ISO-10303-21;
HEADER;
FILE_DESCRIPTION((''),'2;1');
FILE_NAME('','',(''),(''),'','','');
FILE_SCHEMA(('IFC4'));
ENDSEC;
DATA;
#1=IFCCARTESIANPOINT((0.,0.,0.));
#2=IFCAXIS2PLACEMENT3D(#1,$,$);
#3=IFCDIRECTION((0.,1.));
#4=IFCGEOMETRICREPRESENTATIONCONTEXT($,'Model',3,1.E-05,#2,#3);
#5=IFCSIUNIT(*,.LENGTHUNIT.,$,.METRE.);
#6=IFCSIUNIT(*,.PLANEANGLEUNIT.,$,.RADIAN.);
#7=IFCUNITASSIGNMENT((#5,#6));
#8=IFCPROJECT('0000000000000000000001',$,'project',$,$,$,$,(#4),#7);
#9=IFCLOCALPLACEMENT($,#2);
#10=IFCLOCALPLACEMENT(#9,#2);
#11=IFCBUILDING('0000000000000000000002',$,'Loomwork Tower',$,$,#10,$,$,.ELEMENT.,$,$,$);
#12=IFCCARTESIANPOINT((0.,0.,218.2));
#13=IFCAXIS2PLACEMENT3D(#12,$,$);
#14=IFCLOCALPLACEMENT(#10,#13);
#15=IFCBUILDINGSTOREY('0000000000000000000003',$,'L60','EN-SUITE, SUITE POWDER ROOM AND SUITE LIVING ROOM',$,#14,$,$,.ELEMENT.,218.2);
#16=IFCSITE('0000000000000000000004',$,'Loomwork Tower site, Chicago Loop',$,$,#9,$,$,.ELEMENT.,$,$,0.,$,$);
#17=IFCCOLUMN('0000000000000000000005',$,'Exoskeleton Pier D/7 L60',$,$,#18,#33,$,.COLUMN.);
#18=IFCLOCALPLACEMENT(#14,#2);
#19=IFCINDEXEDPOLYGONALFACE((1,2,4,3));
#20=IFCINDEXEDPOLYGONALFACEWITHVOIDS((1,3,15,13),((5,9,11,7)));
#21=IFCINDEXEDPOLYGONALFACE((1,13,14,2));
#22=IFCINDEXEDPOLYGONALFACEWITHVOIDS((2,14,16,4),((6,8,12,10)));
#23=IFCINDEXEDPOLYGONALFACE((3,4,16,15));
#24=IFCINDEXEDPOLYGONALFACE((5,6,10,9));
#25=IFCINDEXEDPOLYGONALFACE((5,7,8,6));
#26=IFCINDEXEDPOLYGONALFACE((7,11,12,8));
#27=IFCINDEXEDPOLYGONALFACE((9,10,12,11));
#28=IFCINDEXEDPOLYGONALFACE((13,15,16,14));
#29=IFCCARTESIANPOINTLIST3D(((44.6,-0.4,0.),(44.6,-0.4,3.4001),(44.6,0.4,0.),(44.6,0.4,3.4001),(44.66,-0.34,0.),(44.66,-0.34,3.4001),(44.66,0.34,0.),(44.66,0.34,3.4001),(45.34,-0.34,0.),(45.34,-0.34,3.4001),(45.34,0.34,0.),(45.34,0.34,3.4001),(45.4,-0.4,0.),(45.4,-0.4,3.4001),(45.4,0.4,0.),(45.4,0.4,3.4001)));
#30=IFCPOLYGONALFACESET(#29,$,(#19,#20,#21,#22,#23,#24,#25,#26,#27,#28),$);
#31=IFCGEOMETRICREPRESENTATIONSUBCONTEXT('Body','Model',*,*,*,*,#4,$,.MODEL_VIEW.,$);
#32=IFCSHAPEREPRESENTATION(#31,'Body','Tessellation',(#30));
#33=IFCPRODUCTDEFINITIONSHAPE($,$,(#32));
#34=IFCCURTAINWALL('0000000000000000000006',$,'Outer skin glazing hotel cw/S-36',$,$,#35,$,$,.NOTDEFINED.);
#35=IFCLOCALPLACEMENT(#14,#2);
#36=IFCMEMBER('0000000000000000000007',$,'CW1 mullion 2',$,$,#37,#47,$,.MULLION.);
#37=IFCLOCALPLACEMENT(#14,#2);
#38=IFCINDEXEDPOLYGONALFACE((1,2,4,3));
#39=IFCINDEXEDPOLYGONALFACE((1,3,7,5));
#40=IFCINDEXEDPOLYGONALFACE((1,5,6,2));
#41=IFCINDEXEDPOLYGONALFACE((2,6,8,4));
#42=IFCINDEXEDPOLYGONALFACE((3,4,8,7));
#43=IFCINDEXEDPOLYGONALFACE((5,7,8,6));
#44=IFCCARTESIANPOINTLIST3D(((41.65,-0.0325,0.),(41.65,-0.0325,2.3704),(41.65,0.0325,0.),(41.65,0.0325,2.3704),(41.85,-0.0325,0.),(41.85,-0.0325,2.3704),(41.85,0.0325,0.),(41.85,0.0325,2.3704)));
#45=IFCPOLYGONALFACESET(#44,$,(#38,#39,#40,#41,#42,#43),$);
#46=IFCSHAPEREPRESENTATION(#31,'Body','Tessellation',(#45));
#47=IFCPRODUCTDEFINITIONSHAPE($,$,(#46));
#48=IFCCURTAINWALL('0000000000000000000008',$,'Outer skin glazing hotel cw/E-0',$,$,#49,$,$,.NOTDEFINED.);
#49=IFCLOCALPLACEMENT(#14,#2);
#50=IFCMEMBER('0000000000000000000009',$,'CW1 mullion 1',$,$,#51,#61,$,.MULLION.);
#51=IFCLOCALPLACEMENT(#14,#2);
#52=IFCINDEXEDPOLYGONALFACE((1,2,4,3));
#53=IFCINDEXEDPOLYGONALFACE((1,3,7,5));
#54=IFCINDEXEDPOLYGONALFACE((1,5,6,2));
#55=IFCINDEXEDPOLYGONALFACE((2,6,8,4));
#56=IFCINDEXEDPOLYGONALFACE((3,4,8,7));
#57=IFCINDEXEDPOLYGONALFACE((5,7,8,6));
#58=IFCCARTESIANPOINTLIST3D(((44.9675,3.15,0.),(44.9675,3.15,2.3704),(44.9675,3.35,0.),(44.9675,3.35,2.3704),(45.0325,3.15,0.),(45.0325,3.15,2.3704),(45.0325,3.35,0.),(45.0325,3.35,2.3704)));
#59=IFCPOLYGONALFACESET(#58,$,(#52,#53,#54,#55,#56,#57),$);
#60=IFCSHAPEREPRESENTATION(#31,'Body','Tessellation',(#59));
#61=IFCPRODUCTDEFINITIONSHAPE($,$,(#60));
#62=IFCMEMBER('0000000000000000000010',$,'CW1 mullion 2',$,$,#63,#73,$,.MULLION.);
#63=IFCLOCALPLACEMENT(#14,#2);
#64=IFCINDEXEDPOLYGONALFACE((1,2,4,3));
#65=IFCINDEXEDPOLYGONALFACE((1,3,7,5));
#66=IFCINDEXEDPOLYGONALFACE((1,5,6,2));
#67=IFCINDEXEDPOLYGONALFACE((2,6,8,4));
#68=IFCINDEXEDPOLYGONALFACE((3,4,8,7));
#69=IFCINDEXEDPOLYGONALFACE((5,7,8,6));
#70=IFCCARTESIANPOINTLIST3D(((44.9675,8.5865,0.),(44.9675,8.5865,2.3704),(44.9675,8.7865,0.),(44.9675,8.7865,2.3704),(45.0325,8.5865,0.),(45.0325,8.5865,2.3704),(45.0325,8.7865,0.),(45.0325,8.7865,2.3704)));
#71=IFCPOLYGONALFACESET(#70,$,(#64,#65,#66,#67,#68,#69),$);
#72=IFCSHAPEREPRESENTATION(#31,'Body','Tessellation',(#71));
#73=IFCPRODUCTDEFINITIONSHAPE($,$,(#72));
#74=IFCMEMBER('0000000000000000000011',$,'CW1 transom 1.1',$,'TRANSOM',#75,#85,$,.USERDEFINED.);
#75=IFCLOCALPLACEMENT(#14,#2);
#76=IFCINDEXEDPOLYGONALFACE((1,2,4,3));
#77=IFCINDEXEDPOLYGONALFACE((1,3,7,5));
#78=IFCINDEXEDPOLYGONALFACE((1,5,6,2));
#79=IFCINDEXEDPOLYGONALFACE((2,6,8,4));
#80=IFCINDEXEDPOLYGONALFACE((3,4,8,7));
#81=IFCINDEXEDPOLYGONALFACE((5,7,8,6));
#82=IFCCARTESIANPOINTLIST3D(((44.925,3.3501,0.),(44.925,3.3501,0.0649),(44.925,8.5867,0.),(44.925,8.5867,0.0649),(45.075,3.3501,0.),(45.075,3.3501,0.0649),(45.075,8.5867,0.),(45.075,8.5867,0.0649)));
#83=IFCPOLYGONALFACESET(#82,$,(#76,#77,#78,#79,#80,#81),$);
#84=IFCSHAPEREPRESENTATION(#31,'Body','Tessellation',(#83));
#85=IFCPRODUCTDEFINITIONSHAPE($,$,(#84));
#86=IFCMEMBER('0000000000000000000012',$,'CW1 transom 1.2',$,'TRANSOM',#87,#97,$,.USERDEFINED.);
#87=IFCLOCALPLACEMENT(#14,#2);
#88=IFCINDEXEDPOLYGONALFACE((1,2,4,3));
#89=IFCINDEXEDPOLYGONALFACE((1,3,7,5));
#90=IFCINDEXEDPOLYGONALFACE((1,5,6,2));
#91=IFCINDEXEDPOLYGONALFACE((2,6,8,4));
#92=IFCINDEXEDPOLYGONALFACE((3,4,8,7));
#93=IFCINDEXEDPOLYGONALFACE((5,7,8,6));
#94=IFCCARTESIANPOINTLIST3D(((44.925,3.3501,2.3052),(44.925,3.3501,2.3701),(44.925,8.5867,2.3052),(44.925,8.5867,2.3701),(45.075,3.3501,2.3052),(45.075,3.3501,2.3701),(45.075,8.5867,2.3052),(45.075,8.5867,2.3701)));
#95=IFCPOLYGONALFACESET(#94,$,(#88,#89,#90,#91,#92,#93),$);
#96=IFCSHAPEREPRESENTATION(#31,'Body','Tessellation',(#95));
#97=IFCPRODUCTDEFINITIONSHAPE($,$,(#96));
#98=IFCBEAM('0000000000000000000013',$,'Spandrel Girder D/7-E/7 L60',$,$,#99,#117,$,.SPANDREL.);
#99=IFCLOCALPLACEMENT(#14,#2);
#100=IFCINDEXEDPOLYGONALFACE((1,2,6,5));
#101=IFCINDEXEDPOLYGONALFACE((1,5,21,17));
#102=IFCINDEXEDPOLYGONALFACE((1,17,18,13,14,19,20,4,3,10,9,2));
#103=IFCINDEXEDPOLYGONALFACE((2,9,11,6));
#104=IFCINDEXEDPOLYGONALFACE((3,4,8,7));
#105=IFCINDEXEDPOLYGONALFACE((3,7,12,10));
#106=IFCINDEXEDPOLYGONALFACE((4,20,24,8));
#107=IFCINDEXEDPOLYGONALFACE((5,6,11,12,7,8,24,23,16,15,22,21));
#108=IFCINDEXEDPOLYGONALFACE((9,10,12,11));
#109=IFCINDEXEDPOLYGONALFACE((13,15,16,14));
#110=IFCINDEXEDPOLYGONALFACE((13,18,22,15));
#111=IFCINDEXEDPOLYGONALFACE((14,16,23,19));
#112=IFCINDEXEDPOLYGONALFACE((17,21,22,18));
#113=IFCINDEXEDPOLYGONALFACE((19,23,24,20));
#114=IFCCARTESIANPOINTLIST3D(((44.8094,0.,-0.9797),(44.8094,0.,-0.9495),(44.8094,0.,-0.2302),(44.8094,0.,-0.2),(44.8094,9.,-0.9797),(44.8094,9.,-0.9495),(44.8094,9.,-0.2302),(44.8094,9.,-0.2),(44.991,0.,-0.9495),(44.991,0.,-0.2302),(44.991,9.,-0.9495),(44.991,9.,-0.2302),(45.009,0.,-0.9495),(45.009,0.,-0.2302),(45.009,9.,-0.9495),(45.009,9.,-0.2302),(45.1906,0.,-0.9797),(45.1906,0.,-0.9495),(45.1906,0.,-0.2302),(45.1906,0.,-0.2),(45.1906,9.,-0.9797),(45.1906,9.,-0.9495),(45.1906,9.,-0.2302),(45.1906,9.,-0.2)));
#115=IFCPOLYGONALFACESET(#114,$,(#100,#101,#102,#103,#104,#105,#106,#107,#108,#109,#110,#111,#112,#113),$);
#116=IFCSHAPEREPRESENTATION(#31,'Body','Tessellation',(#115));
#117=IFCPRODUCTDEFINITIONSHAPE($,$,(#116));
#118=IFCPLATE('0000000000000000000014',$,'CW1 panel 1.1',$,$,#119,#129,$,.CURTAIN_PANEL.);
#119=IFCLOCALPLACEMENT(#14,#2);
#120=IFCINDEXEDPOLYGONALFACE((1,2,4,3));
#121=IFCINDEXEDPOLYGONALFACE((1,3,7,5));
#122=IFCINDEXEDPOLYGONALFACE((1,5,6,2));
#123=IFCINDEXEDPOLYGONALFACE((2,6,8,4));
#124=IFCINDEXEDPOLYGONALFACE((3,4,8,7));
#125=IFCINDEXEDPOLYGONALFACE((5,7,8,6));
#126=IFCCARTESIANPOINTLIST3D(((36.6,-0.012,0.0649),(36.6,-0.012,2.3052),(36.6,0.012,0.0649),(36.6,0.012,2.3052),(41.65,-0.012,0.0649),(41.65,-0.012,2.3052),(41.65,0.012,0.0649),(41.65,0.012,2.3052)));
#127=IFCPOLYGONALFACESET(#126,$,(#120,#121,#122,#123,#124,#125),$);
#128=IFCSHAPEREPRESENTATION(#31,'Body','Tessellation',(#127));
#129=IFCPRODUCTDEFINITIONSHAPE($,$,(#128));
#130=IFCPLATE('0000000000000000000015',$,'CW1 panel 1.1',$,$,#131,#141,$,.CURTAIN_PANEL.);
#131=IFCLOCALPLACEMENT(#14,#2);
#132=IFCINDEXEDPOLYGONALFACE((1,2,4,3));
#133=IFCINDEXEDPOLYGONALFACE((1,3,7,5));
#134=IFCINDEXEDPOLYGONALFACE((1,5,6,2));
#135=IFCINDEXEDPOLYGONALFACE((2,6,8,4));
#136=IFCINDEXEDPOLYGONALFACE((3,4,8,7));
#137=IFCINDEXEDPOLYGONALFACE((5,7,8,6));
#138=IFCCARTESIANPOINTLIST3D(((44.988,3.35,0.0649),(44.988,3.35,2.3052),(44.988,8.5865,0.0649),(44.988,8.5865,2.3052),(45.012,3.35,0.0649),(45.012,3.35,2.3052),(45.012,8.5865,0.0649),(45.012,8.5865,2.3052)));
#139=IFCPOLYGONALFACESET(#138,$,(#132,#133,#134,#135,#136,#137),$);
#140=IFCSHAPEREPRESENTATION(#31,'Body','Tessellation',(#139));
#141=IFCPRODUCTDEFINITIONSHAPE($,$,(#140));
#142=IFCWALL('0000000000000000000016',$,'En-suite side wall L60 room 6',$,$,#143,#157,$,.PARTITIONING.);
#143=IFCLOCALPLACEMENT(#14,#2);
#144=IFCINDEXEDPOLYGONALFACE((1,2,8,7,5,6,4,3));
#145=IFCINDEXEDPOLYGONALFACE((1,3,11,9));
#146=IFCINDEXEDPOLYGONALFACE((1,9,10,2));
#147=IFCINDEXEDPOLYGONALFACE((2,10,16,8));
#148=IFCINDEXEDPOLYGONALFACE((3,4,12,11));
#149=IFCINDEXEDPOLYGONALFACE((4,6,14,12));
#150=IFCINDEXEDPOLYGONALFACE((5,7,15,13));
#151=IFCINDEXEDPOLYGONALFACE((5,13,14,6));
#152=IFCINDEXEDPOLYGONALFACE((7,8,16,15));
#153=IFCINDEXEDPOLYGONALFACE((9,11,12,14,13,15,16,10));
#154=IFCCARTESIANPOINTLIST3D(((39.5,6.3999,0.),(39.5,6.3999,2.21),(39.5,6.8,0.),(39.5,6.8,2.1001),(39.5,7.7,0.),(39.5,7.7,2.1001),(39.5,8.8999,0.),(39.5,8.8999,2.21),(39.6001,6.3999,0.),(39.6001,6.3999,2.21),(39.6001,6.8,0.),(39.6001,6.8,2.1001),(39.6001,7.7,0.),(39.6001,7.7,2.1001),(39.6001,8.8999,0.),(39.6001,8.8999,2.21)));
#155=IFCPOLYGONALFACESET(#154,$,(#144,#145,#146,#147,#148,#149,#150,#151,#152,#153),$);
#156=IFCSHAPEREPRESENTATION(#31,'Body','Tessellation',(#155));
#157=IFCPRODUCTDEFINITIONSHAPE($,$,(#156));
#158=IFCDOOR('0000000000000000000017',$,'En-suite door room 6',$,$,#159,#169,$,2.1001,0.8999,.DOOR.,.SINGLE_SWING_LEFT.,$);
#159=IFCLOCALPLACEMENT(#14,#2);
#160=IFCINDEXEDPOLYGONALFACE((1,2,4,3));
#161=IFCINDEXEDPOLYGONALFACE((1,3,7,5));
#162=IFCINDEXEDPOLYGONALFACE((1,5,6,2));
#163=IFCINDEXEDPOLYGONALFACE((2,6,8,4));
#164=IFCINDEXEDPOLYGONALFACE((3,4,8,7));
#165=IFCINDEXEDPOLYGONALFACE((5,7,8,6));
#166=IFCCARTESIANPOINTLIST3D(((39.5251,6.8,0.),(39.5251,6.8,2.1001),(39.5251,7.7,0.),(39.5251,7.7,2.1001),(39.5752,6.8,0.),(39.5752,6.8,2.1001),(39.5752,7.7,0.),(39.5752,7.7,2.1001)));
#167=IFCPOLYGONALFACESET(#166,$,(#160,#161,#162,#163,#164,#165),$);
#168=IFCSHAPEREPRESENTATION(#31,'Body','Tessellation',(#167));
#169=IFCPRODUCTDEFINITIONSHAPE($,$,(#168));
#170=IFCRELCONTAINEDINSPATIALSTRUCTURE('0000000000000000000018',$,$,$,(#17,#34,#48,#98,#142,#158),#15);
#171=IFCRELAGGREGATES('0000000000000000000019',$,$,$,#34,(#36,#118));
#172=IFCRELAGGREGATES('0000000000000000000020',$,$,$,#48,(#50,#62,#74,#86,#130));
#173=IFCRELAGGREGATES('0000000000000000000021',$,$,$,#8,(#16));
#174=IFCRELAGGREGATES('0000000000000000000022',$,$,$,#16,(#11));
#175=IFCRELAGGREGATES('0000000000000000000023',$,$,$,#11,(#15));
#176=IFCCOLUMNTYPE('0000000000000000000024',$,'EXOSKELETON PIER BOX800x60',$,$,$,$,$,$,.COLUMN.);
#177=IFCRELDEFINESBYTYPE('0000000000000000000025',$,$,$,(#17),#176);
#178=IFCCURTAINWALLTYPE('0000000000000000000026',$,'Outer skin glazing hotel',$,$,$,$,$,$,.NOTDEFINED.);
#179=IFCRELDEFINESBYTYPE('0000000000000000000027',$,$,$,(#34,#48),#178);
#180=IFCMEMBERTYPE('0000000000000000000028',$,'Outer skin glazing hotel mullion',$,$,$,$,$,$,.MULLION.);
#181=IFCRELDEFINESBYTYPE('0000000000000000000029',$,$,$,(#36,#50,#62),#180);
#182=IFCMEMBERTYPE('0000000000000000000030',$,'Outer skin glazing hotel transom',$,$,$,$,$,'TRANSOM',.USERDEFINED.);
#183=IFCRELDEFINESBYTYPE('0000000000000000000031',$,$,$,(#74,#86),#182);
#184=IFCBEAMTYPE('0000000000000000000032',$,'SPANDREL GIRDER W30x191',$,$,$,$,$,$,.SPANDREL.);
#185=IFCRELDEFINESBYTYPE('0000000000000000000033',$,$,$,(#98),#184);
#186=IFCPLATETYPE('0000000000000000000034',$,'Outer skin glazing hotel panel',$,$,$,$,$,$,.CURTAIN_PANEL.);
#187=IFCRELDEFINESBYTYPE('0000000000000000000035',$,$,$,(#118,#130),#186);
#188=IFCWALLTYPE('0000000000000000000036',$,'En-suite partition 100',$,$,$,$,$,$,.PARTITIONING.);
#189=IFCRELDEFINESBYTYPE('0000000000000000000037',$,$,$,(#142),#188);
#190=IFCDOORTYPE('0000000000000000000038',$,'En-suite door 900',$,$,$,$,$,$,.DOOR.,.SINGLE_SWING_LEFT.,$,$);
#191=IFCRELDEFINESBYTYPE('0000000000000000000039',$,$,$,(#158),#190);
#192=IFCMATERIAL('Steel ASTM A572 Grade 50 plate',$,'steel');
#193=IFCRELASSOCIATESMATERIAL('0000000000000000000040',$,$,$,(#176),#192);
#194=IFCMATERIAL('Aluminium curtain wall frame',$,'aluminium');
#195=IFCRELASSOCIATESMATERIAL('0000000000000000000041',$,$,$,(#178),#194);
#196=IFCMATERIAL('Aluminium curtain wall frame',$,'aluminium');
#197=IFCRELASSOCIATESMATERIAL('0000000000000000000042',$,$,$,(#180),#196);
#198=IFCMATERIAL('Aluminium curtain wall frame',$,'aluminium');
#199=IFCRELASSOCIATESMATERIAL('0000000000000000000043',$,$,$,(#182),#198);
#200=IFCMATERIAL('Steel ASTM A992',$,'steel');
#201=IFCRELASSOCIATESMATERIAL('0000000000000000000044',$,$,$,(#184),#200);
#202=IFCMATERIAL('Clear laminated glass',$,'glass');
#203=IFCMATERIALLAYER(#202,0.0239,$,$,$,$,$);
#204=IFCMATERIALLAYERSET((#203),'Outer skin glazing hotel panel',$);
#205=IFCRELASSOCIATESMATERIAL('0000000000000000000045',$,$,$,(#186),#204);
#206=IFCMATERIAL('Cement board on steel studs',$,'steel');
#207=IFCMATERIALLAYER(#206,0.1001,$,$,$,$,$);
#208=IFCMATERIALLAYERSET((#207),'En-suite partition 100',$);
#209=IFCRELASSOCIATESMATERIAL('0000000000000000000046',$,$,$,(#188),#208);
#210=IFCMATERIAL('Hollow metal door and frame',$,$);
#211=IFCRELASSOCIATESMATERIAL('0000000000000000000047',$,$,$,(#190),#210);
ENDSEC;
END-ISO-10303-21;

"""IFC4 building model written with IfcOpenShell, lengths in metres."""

from ifc_helpers import new_model, si_unit, direction, frame, frame_2d, origin, origin_2d, place, context, subcontext, project, spatial, rectangle, hollow_rectangle, i_section, extrude, material, layer, layer_set, material_profile, profile_set, type_object, element, fill, aggregate, save


model = new_model("IFC4")

# Units and contexts
model_context = context("Model", 3, precision=1e-05, world=origin(), true_north=direction((0.0, 1.0)))
body_context = subcontext(model_context, "Body", "Model", "MODEL_VIEW")
ifc_project = project(units=[si_unit("LENGTHUNIT", "METRE"), si_unit("PLANEANGLEUNIT", "RADIAN")], contexts=[model_context])

# Site, building, storey
site_placement = place(None, origin())
site = spatial("IfcSite", under=ifc_project, at=site_placement, Name="Loomwork Tower site, Chicago Loop", CompositionType="ELEMENT", RefElevation=0.0)
building_placement = place(site_placement, origin())
building = spatial("IfcBuilding", under=site, at=building_placement, Name="Loomwork Tower", CompositionType="ELEMENT")
storey_placement = place(building_placement, frame((0.0, 0.0, 218.2)))
storey = spatial("IfcBuildingStorey", under=building, at=storey_placement, Name="L60", Description="EN-SUITE, SUITE POWDER ROOM AND SUITE LIVING ROOM", CompositionType="ELEMENT", Elevation=218.2)

# Column
ifc_material_1 = material(Name="Steel ASTM A572 Grade 50 plate", Category="steel")
ifc_material_profile_1 = material_profile(ifc_material_1, hollow_rectangle(XDim=0.8, YDim=0.8, WallThickness=0.0601, at=origin_2d()), Name="BOX800x60")
ifc_profile_set_1 = profile_set([ifc_material_profile_1], Name="Steel ASTM A572 Grade 50 plate")
column_type = type_object("IfcColumnType", Name="EXOSKELETON PIER BOX800x60", PredefinedType="COLUMN", material=ifc_profile_set_1)
column_placement = place(storey_placement, frame((45.0, 0.0, 0.0), z_axis=(0.0, 0.0, 1.0), x_axis=(1.0, 0.0, 0.0)))
element("IfcColumn", 1, at=column_placement, inside=storey, type_object=column_type, Name="Exoskeleton Pier D/7 L60", PredefinedType="COLUMN", context=body_context, shape_type="SweptSolid", body=[
    extrude(hollow_rectangle(XDim=0.8, YDim=0.8, WallThickness=0.0601, at=origin_2d()), origin(), (0.0, 0.0, 1.0), 3.4001),
])

# Curtain wall, member
ifc_material_2 = material(Name="Aluminium curtain wall frame", Category="aluminium")
curtain_wall_type = type_object("IfcCurtainWallType", Name="Outer skin glazing hotel", PredefinedType="NOTDEFINED", material=ifc_material_2)
curtain_wall_1_placement = place(storey_placement, origin())
curtain_wall_1 = element("IfcCurtainWall", 2, at=curtain_wall_1_placement, inside=storey, type_object=curtain_wall_type, Name="Outer skin glazing hotel cw/S-36", PredefinedType="NOTDEFINED")
ifc_material_3 = material(Name="Aluminium curtain wall frame", Category="aluminium")
ifc_material_profile_2 = material_profile(ifc_material_3, rectangle(XDim=0.0649, YDim=0.2, at=origin_2d()), Name="AL 65x200")
ifc_profile_set_2 = profile_set([ifc_material_profile_2], Name="Aluminium curtain wall frame")
member_type_1 = type_object("IfcMemberType", Name="Outer skin glazing hotel mullion", PredefinedType="MULLION", material=ifc_profile_set_2)
member_1_placement = place(storey_placement, frame((41.75, 0.0, 0.0), z_axis=(0.0, 0.0, 1.0), x_axis=(0.0, 1.0, 0.0)))
member_1 = element("IfcMember", 3, at=member_1_placement, type_object=member_type_1, Name="CW1 mullion 2", PredefinedType="MULLION", context=body_context, shape_type="SweptSolid", body=[
    extrude(rectangle(XDim=0.0649, YDim=0.2, at=origin_2d()), origin(), (0.0, 0.0, 1.0), 2.3704),
])

# Curtain wall, members
curtain_wall_2_placement = place(storey_placement, origin())
curtain_wall_2 = element("IfcCurtainWall", 4, at=curtain_wall_2_placement, inside=storey, type_object=curtain_wall_type, Name="Outer skin glazing hotel cw/E-0", PredefinedType="NOTDEFINED")
member_2_placement = place(storey_placement, frame((45.0, 3.25, 0.0), z_axis=(0.0, 0.0, 1.0), x_axis=(-1.0, 0.0, 0.0)))
member_2 = element("IfcMember", 5, at=member_2_placement, type_object=member_type_1, Name="CW1 mullion 1", PredefinedType="MULLION", context=body_context, shape_type="SweptSolid", body=[
    extrude(rectangle(XDim=0.0649, YDim=0.2, at=origin_2d()), origin(), (0.0, 0.0, 1.0), 2.3704),
])
member_3_placement = place(storey_placement, frame((45.0, 8.6865, 0.0), z_axis=(0.0, 0.0, 1.0), x_axis=(-1.0, 0.0, 0.0)))
member_3 = element("IfcMember", 6, at=member_3_placement, type_object=member_type_1, Name="CW1 mullion 2", PredefinedType="MULLION", context=body_context, shape_type="SweptSolid", body=[
    extrude(rectangle(XDim=0.0649, YDim=0.2, at=origin_2d()), origin(), (0.0, 0.0, 1.0), 2.3704),
])
ifc_material_4 = material(Name="Aluminium curtain wall frame", Category="aluminium")
ifc_material_profile_3 = material_profile(ifc_material_4, rectangle(XDim=0.1499, YDim=0.0649, at=origin_2d()), Name="AL 65x150")
ifc_profile_set_3 = profile_set([ifc_material_profile_3], Name="Aluminium curtain wall frame")
member_type_2 = type_object("IfcMemberType", Name="Outer skin glazing hotel transom", ElementType="TRANSOM", PredefinedType="USERDEFINED", material=ifc_profile_set_3)
member_4_placement = place(storey_placement, frame((45.0, 3.3501, 0.0325), z_axis=(0.0, 1.0, 0.0), x_axis=(-1.0, 0.0, 0.0)))
member_4 = element("IfcMember", 7, at=member_4_placement, type_object=member_type_2, Name="CW1 transom 1.1", ObjectType="TRANSOM", PredefinedType="USERDEFINED", context=body_context, shape_type="SweptSolid", body=[
    extrude(rectangle(XDim=0.1499, YDim=0.0649, at=origin_2d()), origin(), (0.0, 0.0, 1.0), 5.2366),
])
member_5_placement = place(storey_placement, frame((45.0, 3.3501, 2.3376), z_axis=(0.0, 1.0, 0.0), x_axis=(-1.0, 0.0, 0.0)))
member_5 = element("IfcMember", 8, at=member_5_placement, type_object=member_type_2, Name="CW1 transom 1.2", ObjectType="TRANSOM", PredefinedType="USERDEFINED", context=body_context, shape_type="SweptSolid", body=[
    extrude(rectangle(XDim=0.1499, YDim=0.0649, at=origin_2d()), origin(), (0.0, 0.0, 1.0), 5.2366),
])

# Beam
ifc_material_5 = material(Name="Steel ASTM A992", Category="steel")
ifc_material_profile_4 = material_profile(ifc_material_5, i_section(OverallWidth=0.3811, OverallDepth=0.7798, WebThickness=0.0181, FlangeThickness=0.0303, at=origin_2d()), Name="W30x191")
ifc_profile_set_4 = profile_set([ifc_material_profile_4], Name="Steel ASTM A992")
beam_type = type_object("IfcBeamType", Name="SPANDREL GIRDER W30x191", PredefinedType="SPANDREL", material=ifc_profile_set_4)
beam_placement = place(storey_placement, frame((45.0, 0.0, -0.5898), z_axis=(0.0, 1.0, 0.0), x_axis=(-1.0, 0.0, 0.0)))
element("IfcBeam", 9, at=beam_placement, inside=storey, type_object=beam_type, Name="Spandrel Girder D/7-E/7 L60", PredefinedType="SPANDREL", context=body_context, shape_type="SweptSolid", body=[
    extrude(i_section(OverallWidth=0.3811, OverallDepth=0.7798, WebThickness=0.0181, FlangeThickness=0.0303, at=origin_2d()), origin(), (0.0, 0.0, 1.0), 9.0),
])

# Plates
ifc_material_6 = material(Name="Clear laminated glass", Category="glass")
ifc_layer_1 = layer(ifc_material_6, 0.0239)
ifc_layer_set_1 = layer_set([ifc_layer_1], Name="Outer skin glazing hotel panel")
plate_type = type_object("IfcPlateType", Name="Outer skin glazing hotel panel", PredefinedType="CURTAIN_PANEL", material=ifc_layer_set_1)
plate_1_placement = place(storey_placement, frame((39.125, 0.0, 0.0649), z_axis=(0.0, 0.0, 1.0), x_axis=(1.0, 0.0, 0.0)))
plate_1 = element("IfcPlate", 10, at=plate_1_placement, type_object=plate_type, Name="CW1 panel 1.1", PredefinedType="CURTAIN_PANEL", context=body_context, shape_type="SweptSolid", body=[
    extrude(rectangle(XDim=5.05, YDim=0.0239, at=origin_2d()), origin(), (0.0, 0.0, 1.0), 2.2402),
])
aggregate(curtain_wall_1, [member_1, plate_1])
plate_2_placement = place(storey_placement, frame((45.0, 5.9683, 0.0649), z_axis=(0.0, 0.0, 1.0), x_axis=(0.0, 1.0, 0.0)))
plate_2 = element("IfcPlate", 11, at=plate_2_placement, type_object=plate_type, Name="CW1 panel 1.1", PredefinedType="CURTAIN_PANEL", context=body_context, shape_type="SweptSolid", body=[
    extrude(rectangle(XDim=5.2366, YDim=0.0239, at=origin_2d()), origin(), (0.0, 0.0, 1.0), 2.2402),
])
aggregate(curtain_wall_2, [member_2, member_3, member_4, member_5, plate_2])

# Wall, opening, door
ifc_material_7 = material(Name="Cement board on steel studs", Category="steel")
ifc_layer_2 = layer(ifc_material_7, 0.1001)
ifc_layer_set_2 = layer_set([ifc_layer_2], Name="En-suite partition 100")
wall_type_1 = type_object("IfcWallType", Name="En-suite partition 100", PredefinedType="PARTITIONING", material=ifc_layer_set_2)
wall_1_placement = place(storey_placement, frame((39.55, 8.8999, 0.0), z_axis=(0.0, 0.0, 1.0), x_axis=(0.0, -1.0, 0.0)))
wall_1 = element("IfcWall", 12, at=wall_1_placement, inside=storey, type_object=wall_type_1, Name="En-suite side wall L60 room 6", PredefinedType="PARTITIONING", context=body_context, shape_type="SweptSolid", body=[
    extrude(rectangle(XDim=2.5, YDim=0.1001, at=frame_2d((1.25, 0.0))), origin(), (0.0, 0.0, 1.0), 2.21),
])
opening_1_placement = place(wall_1_placement, frame((1.2, 0.0, 0.0)))
opening_1 = element("IfcOpeningElement", 13, at=opening_1_placement, cuts=wall_1, PredefinedType="OPENING", context=body_context, shape_type="SweptSolid", body=[
    extrude(rectangle(XDim=0.8999, YDim=2.1001, at=frame_2d((0.45, 1.05))), frame((0.0, 0.0601, 0.0), z_axis=(0.0, -1.0, 0.0), x_axis=(1.0, 0.0, 0.0)), (0.0, 0.0, 1.0), 0.1201),
])
ifc_material_8 = material(Name="Hollow metal door and frame")
door_type = type_object("IfcDoorType", Name="En-suite door 900", OperationType="SINGLE_SWING_LEFT", PredefinedType="DOOR", material=ifc_material_8)
door_placement = place(opening_1_placement, frame((0.8999, 0.0, 0.0), z_axis=(0.0, 0.0, 1.0), x_axis=(-1.0, 0.0, 0.0)))
door = element("IfcDoor", 14, at=door_placement, inside=storey, type_object=door_type, Name="En-suite door room 6", OperationType="SINGLE_SWING_LEFT", OverallHeight=2.1001, OverallWidth=0.8999, PredefinedType="DOOR", context=body_context, shape_type="SweptSolid", body=[
    extrude(rectangle(XDim=0.8999, YDim=2.1001, at=frame_2d((0.45, 1.05))), frame((0.0, 0.0249, 0.0), z_axis=(0.0, -1.0, 0.0), x_axis=(1.0, 0.0, 0.0)), (0.0, 0.0, 1.0), 0.05),
])
fill(opening_1, door)

save(model, "model.ifc")
